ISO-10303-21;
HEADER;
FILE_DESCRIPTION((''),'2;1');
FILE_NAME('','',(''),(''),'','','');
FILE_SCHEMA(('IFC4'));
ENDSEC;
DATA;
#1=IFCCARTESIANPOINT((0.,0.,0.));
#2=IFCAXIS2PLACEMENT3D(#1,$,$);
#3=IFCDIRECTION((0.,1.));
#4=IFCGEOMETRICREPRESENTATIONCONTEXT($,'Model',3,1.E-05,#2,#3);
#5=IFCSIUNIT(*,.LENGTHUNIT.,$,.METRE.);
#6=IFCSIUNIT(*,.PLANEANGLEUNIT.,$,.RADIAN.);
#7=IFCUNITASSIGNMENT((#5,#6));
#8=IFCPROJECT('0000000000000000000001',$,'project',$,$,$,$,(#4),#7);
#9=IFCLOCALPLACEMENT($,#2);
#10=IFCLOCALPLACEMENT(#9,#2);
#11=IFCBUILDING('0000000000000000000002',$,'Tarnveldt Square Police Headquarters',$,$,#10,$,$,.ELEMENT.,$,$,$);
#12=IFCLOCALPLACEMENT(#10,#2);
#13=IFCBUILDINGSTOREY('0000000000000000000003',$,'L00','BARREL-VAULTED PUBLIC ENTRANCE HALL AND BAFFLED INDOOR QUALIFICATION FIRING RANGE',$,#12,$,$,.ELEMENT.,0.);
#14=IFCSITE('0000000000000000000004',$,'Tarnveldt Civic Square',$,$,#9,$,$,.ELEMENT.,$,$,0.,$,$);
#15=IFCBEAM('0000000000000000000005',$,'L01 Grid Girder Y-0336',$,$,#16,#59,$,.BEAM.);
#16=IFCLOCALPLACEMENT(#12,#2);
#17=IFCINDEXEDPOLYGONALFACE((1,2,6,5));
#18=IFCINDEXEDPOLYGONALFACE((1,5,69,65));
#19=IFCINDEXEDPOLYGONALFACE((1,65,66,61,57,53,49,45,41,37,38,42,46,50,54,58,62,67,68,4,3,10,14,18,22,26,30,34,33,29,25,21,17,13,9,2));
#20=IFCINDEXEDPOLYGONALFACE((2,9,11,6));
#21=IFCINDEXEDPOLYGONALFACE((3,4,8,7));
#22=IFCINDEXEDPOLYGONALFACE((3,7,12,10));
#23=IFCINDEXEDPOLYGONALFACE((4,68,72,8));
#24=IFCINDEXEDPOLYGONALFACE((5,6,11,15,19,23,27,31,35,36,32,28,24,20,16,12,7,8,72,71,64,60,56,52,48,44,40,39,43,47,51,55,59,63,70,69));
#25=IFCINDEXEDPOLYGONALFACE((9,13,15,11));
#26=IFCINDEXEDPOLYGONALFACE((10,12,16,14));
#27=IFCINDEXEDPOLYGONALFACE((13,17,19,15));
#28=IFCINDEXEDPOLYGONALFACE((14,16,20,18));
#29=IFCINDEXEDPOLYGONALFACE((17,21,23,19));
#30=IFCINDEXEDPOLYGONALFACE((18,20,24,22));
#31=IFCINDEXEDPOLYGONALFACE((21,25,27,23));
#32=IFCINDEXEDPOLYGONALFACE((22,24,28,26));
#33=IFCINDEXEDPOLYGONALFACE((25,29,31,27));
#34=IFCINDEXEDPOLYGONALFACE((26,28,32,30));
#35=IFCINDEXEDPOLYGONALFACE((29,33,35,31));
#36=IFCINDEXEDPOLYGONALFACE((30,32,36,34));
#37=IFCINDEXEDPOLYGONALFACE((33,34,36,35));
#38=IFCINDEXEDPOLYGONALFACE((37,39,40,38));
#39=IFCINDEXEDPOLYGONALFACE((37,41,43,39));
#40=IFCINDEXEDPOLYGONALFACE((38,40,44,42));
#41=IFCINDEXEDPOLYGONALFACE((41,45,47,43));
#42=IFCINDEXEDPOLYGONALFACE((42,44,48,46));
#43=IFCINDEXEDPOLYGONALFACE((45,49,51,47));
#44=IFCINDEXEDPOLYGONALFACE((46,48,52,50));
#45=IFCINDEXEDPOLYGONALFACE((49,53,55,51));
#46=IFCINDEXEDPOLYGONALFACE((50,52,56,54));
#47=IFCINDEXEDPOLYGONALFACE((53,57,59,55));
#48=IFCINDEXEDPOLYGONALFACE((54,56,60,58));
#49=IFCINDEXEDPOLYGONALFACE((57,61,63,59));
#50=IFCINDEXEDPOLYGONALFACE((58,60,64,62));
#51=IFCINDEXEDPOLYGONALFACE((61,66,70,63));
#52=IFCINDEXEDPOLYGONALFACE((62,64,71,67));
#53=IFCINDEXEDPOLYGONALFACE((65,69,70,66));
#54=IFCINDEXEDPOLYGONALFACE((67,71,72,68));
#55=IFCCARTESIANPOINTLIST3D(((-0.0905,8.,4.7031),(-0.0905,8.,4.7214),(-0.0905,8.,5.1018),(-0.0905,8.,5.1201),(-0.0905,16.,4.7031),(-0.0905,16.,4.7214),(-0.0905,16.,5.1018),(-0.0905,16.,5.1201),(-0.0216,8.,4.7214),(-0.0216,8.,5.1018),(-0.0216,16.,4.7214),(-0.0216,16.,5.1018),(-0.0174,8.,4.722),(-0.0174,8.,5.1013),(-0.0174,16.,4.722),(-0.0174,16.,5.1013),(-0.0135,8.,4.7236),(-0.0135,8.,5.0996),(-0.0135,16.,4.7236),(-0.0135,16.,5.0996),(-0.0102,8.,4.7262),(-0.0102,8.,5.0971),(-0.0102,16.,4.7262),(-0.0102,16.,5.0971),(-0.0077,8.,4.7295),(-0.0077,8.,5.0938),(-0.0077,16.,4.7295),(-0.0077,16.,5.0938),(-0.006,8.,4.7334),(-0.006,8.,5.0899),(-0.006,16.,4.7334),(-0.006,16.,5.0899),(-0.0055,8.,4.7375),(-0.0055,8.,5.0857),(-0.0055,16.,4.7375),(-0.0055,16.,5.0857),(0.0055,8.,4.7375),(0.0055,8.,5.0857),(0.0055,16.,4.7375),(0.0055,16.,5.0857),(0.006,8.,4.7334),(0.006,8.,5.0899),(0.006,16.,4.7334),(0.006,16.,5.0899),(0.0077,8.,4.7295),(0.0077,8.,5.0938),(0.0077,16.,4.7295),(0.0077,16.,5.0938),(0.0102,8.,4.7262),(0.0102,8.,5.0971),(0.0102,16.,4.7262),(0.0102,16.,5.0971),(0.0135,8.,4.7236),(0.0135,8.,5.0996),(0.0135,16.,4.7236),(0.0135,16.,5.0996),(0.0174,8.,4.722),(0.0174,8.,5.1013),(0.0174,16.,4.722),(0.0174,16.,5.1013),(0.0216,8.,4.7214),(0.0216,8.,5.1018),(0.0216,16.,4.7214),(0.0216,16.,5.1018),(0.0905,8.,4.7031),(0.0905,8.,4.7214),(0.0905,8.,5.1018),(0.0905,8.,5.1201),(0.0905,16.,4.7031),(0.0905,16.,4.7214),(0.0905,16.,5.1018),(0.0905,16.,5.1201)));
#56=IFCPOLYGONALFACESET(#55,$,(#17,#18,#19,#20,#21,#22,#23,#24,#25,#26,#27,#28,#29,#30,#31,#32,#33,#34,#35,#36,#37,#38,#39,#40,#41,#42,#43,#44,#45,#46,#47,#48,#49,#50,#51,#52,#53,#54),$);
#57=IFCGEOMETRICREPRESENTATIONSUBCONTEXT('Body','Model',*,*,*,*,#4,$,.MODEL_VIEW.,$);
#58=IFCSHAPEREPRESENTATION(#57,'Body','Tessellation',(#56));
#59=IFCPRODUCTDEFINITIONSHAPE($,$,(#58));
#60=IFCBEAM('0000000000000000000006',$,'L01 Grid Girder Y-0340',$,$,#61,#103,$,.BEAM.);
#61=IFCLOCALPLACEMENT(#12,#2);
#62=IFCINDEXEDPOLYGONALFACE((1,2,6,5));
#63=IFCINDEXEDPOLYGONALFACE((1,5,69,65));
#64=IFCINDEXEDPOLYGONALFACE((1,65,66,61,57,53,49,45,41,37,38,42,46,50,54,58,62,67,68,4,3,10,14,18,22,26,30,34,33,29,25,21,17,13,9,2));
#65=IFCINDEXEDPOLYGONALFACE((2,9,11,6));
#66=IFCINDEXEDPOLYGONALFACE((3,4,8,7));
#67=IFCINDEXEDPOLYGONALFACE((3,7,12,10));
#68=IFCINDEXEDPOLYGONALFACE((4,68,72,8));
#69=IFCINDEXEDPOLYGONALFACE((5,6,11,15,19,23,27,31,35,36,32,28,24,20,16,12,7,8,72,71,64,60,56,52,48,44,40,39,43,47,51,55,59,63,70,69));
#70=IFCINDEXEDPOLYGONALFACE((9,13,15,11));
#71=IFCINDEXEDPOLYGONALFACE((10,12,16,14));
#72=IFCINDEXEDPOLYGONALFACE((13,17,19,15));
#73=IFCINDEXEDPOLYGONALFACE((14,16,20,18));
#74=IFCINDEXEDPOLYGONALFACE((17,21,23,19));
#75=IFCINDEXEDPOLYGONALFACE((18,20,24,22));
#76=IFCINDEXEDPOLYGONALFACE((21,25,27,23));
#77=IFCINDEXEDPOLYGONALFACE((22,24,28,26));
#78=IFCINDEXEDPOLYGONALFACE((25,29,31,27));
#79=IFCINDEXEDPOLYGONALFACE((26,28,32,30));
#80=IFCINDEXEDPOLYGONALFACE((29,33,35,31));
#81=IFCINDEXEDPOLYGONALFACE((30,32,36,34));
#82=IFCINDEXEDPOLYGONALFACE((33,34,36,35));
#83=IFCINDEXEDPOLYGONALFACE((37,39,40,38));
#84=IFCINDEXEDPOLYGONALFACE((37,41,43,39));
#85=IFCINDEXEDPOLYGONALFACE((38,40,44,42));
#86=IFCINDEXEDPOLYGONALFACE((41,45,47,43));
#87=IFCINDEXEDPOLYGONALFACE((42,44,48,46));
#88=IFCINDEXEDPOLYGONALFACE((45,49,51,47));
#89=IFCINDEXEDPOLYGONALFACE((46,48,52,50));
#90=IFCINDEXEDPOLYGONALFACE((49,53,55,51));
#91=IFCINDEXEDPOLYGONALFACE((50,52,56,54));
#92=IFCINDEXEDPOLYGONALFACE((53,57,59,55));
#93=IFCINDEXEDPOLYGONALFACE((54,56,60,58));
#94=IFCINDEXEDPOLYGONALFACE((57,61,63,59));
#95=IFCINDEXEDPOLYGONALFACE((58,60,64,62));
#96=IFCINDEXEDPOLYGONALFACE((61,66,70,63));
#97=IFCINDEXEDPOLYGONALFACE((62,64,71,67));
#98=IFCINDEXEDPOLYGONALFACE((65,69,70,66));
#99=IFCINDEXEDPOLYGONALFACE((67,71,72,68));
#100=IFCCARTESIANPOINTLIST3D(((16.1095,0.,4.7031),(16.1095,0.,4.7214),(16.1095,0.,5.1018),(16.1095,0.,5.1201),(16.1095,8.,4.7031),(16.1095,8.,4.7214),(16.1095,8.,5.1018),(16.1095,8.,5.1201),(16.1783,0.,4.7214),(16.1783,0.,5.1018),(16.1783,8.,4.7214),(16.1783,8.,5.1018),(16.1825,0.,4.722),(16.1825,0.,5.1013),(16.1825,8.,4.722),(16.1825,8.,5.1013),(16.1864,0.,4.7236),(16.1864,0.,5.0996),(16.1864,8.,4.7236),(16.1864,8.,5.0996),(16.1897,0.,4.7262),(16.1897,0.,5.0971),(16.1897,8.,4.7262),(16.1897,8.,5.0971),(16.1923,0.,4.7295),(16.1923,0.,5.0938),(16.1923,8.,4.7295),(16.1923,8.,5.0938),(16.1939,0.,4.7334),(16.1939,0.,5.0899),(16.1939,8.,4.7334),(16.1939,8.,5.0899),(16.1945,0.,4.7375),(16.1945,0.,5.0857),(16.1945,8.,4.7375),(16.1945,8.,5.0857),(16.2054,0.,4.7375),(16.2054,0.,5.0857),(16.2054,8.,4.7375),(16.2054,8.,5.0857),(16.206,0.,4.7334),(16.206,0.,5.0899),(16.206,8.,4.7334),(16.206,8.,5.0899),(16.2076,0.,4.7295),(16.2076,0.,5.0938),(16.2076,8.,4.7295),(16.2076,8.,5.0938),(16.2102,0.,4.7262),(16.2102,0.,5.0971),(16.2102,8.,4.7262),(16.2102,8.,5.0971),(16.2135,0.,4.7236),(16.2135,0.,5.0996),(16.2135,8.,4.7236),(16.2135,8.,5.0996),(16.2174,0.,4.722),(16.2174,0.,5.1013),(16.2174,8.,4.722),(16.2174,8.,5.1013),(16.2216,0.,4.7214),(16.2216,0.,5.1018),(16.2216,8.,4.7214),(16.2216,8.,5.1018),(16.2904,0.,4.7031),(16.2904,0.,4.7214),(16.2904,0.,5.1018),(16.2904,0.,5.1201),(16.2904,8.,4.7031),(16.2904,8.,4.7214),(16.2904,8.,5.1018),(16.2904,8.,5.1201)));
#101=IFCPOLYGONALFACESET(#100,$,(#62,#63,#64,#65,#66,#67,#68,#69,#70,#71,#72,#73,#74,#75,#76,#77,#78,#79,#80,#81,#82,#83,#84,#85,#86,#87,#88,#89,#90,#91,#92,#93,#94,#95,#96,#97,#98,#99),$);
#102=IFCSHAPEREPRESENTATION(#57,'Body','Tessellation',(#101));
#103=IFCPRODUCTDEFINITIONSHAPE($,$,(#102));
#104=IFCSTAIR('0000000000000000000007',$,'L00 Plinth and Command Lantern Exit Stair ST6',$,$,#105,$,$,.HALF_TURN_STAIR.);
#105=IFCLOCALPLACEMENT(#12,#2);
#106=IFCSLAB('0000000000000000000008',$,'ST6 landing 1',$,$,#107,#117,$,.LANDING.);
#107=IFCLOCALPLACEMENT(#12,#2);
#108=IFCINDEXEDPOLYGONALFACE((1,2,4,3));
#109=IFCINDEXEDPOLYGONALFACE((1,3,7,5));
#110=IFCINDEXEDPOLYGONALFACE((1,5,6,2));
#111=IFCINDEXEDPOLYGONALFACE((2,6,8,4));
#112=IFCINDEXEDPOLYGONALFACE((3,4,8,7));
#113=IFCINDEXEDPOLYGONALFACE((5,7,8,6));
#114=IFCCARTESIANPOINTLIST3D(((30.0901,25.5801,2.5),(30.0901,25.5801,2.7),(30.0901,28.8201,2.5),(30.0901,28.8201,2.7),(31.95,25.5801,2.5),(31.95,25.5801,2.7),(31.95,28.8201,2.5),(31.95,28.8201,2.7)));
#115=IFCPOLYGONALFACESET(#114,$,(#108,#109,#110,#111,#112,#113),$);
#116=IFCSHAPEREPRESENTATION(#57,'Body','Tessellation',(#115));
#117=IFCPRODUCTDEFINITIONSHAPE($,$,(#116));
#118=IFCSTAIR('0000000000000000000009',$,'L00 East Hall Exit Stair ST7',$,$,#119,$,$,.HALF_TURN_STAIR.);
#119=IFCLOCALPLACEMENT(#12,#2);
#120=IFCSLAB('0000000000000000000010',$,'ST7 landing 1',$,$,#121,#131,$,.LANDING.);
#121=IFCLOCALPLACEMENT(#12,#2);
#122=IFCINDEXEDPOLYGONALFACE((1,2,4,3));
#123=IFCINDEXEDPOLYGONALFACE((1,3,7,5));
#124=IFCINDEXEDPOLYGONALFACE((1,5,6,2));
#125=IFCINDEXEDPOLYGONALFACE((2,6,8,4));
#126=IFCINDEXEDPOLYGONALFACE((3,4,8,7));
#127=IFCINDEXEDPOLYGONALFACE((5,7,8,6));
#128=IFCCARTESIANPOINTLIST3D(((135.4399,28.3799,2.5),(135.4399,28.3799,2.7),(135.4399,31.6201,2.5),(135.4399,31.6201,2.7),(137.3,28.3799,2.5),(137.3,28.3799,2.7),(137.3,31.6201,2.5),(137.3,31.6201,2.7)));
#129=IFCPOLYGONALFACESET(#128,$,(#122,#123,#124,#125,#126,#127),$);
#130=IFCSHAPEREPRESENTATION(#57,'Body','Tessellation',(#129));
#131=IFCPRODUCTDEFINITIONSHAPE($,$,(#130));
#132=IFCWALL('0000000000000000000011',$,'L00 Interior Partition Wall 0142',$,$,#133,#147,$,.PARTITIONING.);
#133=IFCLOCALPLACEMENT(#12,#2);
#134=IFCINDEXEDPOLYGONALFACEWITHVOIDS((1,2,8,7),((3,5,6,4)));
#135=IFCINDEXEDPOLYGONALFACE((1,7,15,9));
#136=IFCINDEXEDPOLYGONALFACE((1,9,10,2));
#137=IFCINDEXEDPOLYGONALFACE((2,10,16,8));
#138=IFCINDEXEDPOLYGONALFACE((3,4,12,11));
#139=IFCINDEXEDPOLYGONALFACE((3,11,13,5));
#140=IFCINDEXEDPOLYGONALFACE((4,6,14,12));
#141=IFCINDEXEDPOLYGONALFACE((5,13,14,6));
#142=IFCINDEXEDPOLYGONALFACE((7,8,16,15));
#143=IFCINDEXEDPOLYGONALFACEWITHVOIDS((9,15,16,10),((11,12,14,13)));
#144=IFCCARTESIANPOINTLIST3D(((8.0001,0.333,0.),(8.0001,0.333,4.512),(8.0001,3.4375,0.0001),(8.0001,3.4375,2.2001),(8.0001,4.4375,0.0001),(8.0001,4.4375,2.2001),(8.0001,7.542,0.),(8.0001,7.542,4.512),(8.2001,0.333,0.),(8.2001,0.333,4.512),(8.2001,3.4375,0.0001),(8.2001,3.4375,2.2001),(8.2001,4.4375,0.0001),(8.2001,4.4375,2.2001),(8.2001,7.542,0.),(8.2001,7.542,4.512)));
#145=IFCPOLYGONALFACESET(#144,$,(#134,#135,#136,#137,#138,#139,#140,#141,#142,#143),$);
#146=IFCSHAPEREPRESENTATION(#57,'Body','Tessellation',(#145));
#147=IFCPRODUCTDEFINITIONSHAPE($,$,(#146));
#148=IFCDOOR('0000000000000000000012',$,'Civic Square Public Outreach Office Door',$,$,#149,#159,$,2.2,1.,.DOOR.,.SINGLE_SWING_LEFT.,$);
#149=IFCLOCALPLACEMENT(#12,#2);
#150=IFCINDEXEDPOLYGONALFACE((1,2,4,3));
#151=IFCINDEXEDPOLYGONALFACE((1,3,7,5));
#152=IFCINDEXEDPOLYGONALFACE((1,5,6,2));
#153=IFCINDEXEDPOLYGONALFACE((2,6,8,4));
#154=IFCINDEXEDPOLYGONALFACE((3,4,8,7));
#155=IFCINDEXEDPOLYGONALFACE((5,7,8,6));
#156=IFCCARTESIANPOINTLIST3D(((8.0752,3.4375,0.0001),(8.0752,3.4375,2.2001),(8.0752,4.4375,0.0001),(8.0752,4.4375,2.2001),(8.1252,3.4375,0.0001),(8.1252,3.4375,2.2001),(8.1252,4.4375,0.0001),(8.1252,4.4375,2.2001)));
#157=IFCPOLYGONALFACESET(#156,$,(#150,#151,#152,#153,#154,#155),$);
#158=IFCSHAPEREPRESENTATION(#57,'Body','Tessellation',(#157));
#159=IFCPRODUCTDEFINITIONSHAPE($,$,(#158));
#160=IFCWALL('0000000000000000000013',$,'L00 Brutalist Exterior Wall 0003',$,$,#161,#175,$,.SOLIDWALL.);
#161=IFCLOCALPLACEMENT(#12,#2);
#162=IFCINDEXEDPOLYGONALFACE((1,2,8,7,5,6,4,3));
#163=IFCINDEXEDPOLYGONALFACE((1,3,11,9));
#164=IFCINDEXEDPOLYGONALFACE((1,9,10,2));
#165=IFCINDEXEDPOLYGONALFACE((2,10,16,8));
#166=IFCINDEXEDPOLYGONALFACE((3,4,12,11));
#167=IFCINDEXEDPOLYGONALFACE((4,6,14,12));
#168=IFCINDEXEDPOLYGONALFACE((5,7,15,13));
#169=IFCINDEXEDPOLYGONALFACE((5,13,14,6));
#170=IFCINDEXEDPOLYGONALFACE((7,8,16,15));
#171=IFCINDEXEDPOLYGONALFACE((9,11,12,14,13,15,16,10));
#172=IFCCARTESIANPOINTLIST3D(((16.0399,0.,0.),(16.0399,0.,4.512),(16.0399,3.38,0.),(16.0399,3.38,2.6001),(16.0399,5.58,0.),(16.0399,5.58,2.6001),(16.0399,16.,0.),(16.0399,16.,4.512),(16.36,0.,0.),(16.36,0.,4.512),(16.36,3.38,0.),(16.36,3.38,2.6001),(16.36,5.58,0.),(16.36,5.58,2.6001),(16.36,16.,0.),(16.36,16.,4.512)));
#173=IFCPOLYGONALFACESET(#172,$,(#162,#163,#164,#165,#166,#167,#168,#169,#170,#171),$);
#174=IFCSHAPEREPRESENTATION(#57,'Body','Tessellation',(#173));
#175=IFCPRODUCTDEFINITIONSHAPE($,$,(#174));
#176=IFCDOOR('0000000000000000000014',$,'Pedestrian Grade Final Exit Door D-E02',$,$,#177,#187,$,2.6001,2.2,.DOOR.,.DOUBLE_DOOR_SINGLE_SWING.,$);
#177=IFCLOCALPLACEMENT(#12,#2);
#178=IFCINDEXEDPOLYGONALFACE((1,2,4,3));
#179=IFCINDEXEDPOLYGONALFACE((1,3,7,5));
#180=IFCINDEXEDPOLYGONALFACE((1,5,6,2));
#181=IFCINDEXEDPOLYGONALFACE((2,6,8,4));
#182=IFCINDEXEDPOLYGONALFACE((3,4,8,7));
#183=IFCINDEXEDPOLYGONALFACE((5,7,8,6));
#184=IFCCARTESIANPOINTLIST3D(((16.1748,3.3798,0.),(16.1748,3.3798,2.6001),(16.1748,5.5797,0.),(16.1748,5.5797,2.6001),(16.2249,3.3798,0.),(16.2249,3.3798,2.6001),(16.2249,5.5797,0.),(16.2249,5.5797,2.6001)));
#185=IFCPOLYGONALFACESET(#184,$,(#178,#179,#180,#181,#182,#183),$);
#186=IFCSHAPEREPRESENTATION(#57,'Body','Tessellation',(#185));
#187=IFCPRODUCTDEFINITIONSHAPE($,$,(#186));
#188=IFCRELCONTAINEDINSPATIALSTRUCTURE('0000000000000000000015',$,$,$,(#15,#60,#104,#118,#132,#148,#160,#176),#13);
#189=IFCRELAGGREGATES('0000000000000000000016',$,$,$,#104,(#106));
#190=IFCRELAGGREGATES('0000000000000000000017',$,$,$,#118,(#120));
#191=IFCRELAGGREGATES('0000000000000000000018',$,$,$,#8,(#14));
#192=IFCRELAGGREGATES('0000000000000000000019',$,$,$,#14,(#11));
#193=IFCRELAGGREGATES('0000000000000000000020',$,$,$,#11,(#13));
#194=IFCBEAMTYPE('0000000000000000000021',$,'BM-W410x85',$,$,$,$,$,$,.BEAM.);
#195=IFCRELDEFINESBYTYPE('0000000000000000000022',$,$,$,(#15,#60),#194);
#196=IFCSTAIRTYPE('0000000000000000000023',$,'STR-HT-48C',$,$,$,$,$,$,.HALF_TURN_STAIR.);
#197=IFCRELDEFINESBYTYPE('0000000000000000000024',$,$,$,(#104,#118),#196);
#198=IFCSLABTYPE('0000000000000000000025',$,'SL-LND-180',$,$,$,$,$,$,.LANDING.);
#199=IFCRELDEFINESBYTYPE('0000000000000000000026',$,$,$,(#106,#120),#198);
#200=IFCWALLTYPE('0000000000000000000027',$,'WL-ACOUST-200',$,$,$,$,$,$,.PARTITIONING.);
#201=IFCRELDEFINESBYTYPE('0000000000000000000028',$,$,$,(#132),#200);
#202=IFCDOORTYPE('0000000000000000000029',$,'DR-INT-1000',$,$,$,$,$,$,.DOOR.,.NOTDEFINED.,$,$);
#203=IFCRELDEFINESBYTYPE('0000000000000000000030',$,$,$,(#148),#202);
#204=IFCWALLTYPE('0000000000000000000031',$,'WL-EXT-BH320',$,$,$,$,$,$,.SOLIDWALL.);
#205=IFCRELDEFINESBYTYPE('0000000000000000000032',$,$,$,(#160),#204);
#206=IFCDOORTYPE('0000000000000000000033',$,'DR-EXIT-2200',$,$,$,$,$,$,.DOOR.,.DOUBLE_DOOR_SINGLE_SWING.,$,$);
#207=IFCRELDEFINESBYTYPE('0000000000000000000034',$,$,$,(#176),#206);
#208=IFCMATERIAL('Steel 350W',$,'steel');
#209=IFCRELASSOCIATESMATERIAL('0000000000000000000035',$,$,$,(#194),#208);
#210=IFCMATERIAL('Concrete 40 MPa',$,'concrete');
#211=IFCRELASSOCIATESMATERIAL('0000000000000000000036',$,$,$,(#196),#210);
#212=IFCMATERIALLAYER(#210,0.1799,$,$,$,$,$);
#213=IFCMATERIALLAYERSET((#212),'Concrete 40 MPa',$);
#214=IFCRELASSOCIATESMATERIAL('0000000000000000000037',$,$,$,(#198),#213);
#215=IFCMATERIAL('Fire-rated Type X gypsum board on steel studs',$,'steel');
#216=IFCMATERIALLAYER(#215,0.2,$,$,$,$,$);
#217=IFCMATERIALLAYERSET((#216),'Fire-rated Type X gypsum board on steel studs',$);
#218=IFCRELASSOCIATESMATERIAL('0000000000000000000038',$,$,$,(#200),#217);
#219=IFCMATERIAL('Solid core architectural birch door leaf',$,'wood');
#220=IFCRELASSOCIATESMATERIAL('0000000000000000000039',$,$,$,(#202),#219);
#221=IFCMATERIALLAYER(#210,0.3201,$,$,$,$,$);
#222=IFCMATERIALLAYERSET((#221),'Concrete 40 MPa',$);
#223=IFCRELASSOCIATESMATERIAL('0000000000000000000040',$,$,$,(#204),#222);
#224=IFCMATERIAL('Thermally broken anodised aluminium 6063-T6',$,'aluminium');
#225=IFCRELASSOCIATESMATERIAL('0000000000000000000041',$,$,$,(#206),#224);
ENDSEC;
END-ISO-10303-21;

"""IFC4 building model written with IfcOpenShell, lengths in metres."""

from ifc_helpers import new_model, si_unit, direction, frame, frame_2d, origin, origin_2d, place, context, subcontext, project, spatial, polyline, rectangle, i_section, outline, extrude, material, layer, layer_set, material_profile, profile_set, type_object, element, fill, aggregate, save


model = new_model("IFC4")

# Units and contexts
model_context = context("Model", 3, precision=1e-05, world=origin(), true_north=direction((0.0, 1.0)))
body_context = subcontext(model_context, "Body", "Model", "MODEL_VIEW")
ifc_project = project(units=[si_unit("LENGTHUNIT", "METRE"), si_unit("PLANEANGLEUNIT", "RADIAN")], contexts=[model_context])

# Site, building, storey
site_placement = place(None, origin())
site = spatial("IfcSite", under=ifc_project, at=site_placement, Name="Tarnveldt Civic Square", CompositionType="ELEMENT", RefElevation=0.0)
building_placement = place(site_placement, origin())
building = spatial("IfcBuilding", under=site, at=building_placement, Name="Tarnveldt Square Police Headquarters", CompositionType="ELEMENT")
storey_placement = place(building_placement, origin())
storey = spatial("IfcBuildingStorey", under=building, at=storey_placement, Name="L00", Description="BARREL-VAULTED PUBLIC ENTRANCE HALL AND BAFFLED INDOOR QUALIFICATION FIRING RANGE", CompositionType="ELEMENT", Elevation=0.0)

# Beams
ifc_material_1 = material(Name="Concrete 40 MPa", Category="concrete")
ifc_material_2 = material(Name="Steel 350W", Category="steel")
ifc_material_profile_1 = material_profile(ifc_material_2, i_section(OverallWidth=0.1809, OverallDepth=0.417, WebThickness=0.011, FlangeThickness=0.0183, FilletRadius=0.0161, at=origin_2d()), Name="W410x85")
ifc_profile_set_1 = profile_set([ifc_material_profile_1], Name="Steel 350W")
beam_type_1 = type_object("IfcBeamType", Name="BM-W410x85", PredefinedType="BEAM", material=ifc_profile_set_1)
for number, where, z_axis, x_axis, name in (
    (1, (0.0, 8.0, 4.9116), (0.0, 1.0, 0.0), (-1.0, 0.0, 0.0), "L01 Grid Girder Y-0336"),
    (2, (16.2, 0.0, 4.9116), (0.0, 1.0, 0.0), (-1.0, 0.0, 0.0), "L01 Grid Girder Y-0340"),
):
    element("IfcBeam", number, at=place(storey_placement, frame(where, z_axis=z_axis, x_axis=x_axis)), inside=storey, type_object=beam_type_1, Name=name, PredefinedType="BEAM", context=body_context, shape_type="SweptSolid", body=[
        extrude(i_section(OverallWidth=0.1809, OverallDepth=0.417, WebThickness=0.011, FlangeThickness=0.0183, FilletRadius=0.0161, at=origin_2d()), origin(), (0.0, 0.0, 1.0), 8.0),
    ])

# Stairs, slabs
stair_type = type_object("IfcStairType", Name="STR-HT-48C", PredefinedType="HALF_TURN_STAIR", material=ifc_material_1)
stair_1_placement = place(storey_placement, origin())
stair_1 = element("IfcStair", 3, at=stair_1_placement, inside=storey, type_object=stair_type, Name="L00 Plinth and Command Lantern Exit Stair ST6", PredefinedType="HALF_TURN_STAIR")
ifc_layer_1 = layer(ifc_material_1, 0.1799)
ifc_layer_set_1 = layer_set([ifc_layer_1], Name="Concrete 40 MPa")
slab_type = type_object("IfcSlabType", Name="SL-LND-180", PredefinedType="LANDING", material=ifc_layer_set_1)
slab_1_placement = place(storey_placement, frame((0.0, 0.0, 2.5)))
slab_1 = element("IfcSlab", 4, at=slab_1_placement, type_object=slab_type, Name="ST6 landing 1", PredefinedType="LANDING", context=body_context, shape_type="SweptSolid", body=[
    extrude(outline(polyline([(30.0901, 25.5801), (31.95, 25.5801), (31.95, 28.8201), (30.0901, 28.8201), (30.0901, 25.5801)])), origin(), (0.0, 0.0, 1.0), 0.2),
])
aggregate(stair_1, [slab_1])
stair_2_placement = place(storey_placement, origin())
stair_2 = element("IfcStair", 5, at=stair_2_placement, inside=storey, type_object=stair_type, Name="L00 East Hall Exit Stair ST7", PredefinedType="HALF_TURN_STAIR")
slab_2_placement = place(storey_placement, frame((0.0, 0.0, 2.5)))
slab_2 = element("IfcSlab", 6, at=slab_2_placement, type_object=slab_type, Name="ST7 landing 1", PredefinedType="LANDING", context=body_context, shape_type="SweptSolid", body=[
    extrude(outline(polyline([(135.4399, 28.3799), (137.3, 28.3799), (137.3, 31.6201), (135.4399, 31.6201), (135.4399, 28.3799)])), origin(), (0.0, 0.0, 1.0), 0.2),
])
aggregate(stair_2, [slab_2])

# Walls, openings, doors
ifc_material_3 = material(Name="Fire-rated Type X gypsum board on steel studs", Category="steel")
ifc_layer_2 = layer(ifc_material_3, 0.2)
ifc_layer_set_2 = layer_set([ifc_layer_2], Name="Fire-rated Type X gypsum board on steel studs")
wall_type_1 = type_object("IfcWallType", Name="WL-ACOUST-200", PredefinedType="PARTITIONING", material=ifc_layer_set_2)
wall_1_placement = place(storey_placement, frame((8.1001, 0.333, 0.0), z_axis=(0.0, 0.0, 1.0), x_axis=(0.0, 1.0, 0.0)))
wall_1 = element("IfcWall", 7, at=wall_1_placement, inside=storey, type_object=wall_type_1, Name="L00 Interior Partition Wall 0142", PredefinedType="PARTITIONING", context=body_context, shape_type="SweptSolid", body=[
    extrude(rectangle(XDim=7.209, YDim=0.2, at=frame_2d((3.6045, 0.0))), origin(), (0.0, 0.0, 1.0), 4.512),
])
opening_1_placement = place(wall_1_placement, frame((3.1045, 0.0, 0.0)))
opening_1 = element("IfcOpeningElement", 8, at=opening_1_placement, cuts=wall_1, PredefinedType="OPENING", context=body_context, shape_type="SweptSolid", body=[
    extrude(rectangle(XDim=1.0, YDim=2.2, at=frame_2d((0.5, 1.1001))), frame((0.0, 0.1099, 0.0), z_axis=(0.0, -1.0, 0.0), x_axis=(1.0, 0.0, 0.0)), (0.0, 0.0, 1.0), 0.22),
])
ifc_material_4 = material(Name="Solid core architectural birch door leaf", Category="wood")
door_type_1 = type_object("IfcDoorType", Name="DR-INT-1000", OperationType="NOTDEFINED", PredefinedType="DOOR", material=ifc_material_4)
door_1_placement = place(opening_1_placement, origin())
door_1 = element("IfcDoor", 9, at=door_1_placement, inside=storey, type_object=door_type_1, Name="Civic Square Public Outreach Office Door", OperationType="SINGLE_SWING_LEFT", OverallHeight=2.2, OverallWidth=1.0, PredefinedType="DOOR", context=body_context, shape_type="SweptSolid", body=[
    extrude(rectangle(XDim=1.0, YDim=2.2, at=frame_2d((0.5, 1.1001))), frame((0.0, 0.0249, 0.0), z_axis=(0.0, -1.0, 0.0), x_axis=(1.0, 0.0, 0.0)), (0.0, 0.0, 1.0), 0.05),
])
fill(opening_1, door_1)
ifc_layer_3 = layer(ifc_material_1, 0.3201)
ifc_layer_set_3 = layer_set([ifc_layer_3], Name="Concrete 40 MPa")
wall_type_2 = type_object("IfcWallType", Name="WL-EXT-BH320", PredefinedType="SOLIDWALL", material=ifc_layer_set_3)
wall_2_placement = place(storey_placement, frame((16.2, 0.0, 0.0), z_axis=(0.0, 0.0, 1.0), x_axis=(0.0, 1.0, 0.0)))
wall_2 = element("IfcWall", 10, at=wall_2_placement, inside=storey, type_object=wall_type_2, Name="L00 Brutalist Exterior Wall 0003", PredefinedType="SOLIDWALL", context=body_context, shape_type="SweptSolid", body=[
    extrude(rectangle(XDim=16.0, YDim=0.3201, at=frame_2d((8.0, 0.0))), origin(), (0.0, 0.0, 1.0), 4.512),
])
opening_2_placement = place(wall_2_placement, frame((3.3799, 0.0, 0.0)))
opening_2 = element("IfcOpeningElement", 11, at=opening_2_placement, cuts=wall_2, PredefinedType="OPENING", context=body_context, shape_type="SweptSolid", body=[
    extrude(rectangle(XDim=2.2, YDim=2.6001, at=frame_2d((1.1001, 1.3))), frame((0.0, 0.1699, 0.0), z_axis=(0.0, -1.0, 0.0), x_axis=(1.0, 0.0, 0.0)), (0.0, 0.0, 1.0), 0.3401),
])
ifc_material_5 = material(Name="Thermally broken anodised aluminium 6063-T6", Category="aluminium")
door_type_2 = type_object("IfcDoorType", Name="DR-EXIT-2200", OperationType="DOUBLE_DOOR_SINGLE_SWING", PredefinedType="DOOR", material=ifc_material_5)
door_2_placement = place(opening_2_placement, frame((2.2, 0.0, 0.0), z_axis=(0.0, 0.0, 1.0), x_axis=(-1.0, 0.0, 0.0)))
door_2 = element("IfcDoor", 12, at=door_2_placement, inside=storey, type_object=door_type_2, Name="Pedestrian Grade Final Exit Door D-E02", OperationType="DOUBLE_DOOR_SINGLE_SWING", OverallHeight=2.6001, OverallWidth=2.2, PredefinedType="DOOR", context=body_context, shape_type="SweptSolid", body=[
    extrude(rectangle(XDim=2.2, YDim=2.6001, at=frame_2d((1.1001, 1.3))), frame((0.0, 0.0249, 0.0), z_axis=(0.0, -1.0, 0.0), x_axis=(1.0, 0.0, 0.0)), (0.0, 0.0, 1.0), 0.05),
])
fill(opening_2, door_2)

save(model, "model.ifc")
